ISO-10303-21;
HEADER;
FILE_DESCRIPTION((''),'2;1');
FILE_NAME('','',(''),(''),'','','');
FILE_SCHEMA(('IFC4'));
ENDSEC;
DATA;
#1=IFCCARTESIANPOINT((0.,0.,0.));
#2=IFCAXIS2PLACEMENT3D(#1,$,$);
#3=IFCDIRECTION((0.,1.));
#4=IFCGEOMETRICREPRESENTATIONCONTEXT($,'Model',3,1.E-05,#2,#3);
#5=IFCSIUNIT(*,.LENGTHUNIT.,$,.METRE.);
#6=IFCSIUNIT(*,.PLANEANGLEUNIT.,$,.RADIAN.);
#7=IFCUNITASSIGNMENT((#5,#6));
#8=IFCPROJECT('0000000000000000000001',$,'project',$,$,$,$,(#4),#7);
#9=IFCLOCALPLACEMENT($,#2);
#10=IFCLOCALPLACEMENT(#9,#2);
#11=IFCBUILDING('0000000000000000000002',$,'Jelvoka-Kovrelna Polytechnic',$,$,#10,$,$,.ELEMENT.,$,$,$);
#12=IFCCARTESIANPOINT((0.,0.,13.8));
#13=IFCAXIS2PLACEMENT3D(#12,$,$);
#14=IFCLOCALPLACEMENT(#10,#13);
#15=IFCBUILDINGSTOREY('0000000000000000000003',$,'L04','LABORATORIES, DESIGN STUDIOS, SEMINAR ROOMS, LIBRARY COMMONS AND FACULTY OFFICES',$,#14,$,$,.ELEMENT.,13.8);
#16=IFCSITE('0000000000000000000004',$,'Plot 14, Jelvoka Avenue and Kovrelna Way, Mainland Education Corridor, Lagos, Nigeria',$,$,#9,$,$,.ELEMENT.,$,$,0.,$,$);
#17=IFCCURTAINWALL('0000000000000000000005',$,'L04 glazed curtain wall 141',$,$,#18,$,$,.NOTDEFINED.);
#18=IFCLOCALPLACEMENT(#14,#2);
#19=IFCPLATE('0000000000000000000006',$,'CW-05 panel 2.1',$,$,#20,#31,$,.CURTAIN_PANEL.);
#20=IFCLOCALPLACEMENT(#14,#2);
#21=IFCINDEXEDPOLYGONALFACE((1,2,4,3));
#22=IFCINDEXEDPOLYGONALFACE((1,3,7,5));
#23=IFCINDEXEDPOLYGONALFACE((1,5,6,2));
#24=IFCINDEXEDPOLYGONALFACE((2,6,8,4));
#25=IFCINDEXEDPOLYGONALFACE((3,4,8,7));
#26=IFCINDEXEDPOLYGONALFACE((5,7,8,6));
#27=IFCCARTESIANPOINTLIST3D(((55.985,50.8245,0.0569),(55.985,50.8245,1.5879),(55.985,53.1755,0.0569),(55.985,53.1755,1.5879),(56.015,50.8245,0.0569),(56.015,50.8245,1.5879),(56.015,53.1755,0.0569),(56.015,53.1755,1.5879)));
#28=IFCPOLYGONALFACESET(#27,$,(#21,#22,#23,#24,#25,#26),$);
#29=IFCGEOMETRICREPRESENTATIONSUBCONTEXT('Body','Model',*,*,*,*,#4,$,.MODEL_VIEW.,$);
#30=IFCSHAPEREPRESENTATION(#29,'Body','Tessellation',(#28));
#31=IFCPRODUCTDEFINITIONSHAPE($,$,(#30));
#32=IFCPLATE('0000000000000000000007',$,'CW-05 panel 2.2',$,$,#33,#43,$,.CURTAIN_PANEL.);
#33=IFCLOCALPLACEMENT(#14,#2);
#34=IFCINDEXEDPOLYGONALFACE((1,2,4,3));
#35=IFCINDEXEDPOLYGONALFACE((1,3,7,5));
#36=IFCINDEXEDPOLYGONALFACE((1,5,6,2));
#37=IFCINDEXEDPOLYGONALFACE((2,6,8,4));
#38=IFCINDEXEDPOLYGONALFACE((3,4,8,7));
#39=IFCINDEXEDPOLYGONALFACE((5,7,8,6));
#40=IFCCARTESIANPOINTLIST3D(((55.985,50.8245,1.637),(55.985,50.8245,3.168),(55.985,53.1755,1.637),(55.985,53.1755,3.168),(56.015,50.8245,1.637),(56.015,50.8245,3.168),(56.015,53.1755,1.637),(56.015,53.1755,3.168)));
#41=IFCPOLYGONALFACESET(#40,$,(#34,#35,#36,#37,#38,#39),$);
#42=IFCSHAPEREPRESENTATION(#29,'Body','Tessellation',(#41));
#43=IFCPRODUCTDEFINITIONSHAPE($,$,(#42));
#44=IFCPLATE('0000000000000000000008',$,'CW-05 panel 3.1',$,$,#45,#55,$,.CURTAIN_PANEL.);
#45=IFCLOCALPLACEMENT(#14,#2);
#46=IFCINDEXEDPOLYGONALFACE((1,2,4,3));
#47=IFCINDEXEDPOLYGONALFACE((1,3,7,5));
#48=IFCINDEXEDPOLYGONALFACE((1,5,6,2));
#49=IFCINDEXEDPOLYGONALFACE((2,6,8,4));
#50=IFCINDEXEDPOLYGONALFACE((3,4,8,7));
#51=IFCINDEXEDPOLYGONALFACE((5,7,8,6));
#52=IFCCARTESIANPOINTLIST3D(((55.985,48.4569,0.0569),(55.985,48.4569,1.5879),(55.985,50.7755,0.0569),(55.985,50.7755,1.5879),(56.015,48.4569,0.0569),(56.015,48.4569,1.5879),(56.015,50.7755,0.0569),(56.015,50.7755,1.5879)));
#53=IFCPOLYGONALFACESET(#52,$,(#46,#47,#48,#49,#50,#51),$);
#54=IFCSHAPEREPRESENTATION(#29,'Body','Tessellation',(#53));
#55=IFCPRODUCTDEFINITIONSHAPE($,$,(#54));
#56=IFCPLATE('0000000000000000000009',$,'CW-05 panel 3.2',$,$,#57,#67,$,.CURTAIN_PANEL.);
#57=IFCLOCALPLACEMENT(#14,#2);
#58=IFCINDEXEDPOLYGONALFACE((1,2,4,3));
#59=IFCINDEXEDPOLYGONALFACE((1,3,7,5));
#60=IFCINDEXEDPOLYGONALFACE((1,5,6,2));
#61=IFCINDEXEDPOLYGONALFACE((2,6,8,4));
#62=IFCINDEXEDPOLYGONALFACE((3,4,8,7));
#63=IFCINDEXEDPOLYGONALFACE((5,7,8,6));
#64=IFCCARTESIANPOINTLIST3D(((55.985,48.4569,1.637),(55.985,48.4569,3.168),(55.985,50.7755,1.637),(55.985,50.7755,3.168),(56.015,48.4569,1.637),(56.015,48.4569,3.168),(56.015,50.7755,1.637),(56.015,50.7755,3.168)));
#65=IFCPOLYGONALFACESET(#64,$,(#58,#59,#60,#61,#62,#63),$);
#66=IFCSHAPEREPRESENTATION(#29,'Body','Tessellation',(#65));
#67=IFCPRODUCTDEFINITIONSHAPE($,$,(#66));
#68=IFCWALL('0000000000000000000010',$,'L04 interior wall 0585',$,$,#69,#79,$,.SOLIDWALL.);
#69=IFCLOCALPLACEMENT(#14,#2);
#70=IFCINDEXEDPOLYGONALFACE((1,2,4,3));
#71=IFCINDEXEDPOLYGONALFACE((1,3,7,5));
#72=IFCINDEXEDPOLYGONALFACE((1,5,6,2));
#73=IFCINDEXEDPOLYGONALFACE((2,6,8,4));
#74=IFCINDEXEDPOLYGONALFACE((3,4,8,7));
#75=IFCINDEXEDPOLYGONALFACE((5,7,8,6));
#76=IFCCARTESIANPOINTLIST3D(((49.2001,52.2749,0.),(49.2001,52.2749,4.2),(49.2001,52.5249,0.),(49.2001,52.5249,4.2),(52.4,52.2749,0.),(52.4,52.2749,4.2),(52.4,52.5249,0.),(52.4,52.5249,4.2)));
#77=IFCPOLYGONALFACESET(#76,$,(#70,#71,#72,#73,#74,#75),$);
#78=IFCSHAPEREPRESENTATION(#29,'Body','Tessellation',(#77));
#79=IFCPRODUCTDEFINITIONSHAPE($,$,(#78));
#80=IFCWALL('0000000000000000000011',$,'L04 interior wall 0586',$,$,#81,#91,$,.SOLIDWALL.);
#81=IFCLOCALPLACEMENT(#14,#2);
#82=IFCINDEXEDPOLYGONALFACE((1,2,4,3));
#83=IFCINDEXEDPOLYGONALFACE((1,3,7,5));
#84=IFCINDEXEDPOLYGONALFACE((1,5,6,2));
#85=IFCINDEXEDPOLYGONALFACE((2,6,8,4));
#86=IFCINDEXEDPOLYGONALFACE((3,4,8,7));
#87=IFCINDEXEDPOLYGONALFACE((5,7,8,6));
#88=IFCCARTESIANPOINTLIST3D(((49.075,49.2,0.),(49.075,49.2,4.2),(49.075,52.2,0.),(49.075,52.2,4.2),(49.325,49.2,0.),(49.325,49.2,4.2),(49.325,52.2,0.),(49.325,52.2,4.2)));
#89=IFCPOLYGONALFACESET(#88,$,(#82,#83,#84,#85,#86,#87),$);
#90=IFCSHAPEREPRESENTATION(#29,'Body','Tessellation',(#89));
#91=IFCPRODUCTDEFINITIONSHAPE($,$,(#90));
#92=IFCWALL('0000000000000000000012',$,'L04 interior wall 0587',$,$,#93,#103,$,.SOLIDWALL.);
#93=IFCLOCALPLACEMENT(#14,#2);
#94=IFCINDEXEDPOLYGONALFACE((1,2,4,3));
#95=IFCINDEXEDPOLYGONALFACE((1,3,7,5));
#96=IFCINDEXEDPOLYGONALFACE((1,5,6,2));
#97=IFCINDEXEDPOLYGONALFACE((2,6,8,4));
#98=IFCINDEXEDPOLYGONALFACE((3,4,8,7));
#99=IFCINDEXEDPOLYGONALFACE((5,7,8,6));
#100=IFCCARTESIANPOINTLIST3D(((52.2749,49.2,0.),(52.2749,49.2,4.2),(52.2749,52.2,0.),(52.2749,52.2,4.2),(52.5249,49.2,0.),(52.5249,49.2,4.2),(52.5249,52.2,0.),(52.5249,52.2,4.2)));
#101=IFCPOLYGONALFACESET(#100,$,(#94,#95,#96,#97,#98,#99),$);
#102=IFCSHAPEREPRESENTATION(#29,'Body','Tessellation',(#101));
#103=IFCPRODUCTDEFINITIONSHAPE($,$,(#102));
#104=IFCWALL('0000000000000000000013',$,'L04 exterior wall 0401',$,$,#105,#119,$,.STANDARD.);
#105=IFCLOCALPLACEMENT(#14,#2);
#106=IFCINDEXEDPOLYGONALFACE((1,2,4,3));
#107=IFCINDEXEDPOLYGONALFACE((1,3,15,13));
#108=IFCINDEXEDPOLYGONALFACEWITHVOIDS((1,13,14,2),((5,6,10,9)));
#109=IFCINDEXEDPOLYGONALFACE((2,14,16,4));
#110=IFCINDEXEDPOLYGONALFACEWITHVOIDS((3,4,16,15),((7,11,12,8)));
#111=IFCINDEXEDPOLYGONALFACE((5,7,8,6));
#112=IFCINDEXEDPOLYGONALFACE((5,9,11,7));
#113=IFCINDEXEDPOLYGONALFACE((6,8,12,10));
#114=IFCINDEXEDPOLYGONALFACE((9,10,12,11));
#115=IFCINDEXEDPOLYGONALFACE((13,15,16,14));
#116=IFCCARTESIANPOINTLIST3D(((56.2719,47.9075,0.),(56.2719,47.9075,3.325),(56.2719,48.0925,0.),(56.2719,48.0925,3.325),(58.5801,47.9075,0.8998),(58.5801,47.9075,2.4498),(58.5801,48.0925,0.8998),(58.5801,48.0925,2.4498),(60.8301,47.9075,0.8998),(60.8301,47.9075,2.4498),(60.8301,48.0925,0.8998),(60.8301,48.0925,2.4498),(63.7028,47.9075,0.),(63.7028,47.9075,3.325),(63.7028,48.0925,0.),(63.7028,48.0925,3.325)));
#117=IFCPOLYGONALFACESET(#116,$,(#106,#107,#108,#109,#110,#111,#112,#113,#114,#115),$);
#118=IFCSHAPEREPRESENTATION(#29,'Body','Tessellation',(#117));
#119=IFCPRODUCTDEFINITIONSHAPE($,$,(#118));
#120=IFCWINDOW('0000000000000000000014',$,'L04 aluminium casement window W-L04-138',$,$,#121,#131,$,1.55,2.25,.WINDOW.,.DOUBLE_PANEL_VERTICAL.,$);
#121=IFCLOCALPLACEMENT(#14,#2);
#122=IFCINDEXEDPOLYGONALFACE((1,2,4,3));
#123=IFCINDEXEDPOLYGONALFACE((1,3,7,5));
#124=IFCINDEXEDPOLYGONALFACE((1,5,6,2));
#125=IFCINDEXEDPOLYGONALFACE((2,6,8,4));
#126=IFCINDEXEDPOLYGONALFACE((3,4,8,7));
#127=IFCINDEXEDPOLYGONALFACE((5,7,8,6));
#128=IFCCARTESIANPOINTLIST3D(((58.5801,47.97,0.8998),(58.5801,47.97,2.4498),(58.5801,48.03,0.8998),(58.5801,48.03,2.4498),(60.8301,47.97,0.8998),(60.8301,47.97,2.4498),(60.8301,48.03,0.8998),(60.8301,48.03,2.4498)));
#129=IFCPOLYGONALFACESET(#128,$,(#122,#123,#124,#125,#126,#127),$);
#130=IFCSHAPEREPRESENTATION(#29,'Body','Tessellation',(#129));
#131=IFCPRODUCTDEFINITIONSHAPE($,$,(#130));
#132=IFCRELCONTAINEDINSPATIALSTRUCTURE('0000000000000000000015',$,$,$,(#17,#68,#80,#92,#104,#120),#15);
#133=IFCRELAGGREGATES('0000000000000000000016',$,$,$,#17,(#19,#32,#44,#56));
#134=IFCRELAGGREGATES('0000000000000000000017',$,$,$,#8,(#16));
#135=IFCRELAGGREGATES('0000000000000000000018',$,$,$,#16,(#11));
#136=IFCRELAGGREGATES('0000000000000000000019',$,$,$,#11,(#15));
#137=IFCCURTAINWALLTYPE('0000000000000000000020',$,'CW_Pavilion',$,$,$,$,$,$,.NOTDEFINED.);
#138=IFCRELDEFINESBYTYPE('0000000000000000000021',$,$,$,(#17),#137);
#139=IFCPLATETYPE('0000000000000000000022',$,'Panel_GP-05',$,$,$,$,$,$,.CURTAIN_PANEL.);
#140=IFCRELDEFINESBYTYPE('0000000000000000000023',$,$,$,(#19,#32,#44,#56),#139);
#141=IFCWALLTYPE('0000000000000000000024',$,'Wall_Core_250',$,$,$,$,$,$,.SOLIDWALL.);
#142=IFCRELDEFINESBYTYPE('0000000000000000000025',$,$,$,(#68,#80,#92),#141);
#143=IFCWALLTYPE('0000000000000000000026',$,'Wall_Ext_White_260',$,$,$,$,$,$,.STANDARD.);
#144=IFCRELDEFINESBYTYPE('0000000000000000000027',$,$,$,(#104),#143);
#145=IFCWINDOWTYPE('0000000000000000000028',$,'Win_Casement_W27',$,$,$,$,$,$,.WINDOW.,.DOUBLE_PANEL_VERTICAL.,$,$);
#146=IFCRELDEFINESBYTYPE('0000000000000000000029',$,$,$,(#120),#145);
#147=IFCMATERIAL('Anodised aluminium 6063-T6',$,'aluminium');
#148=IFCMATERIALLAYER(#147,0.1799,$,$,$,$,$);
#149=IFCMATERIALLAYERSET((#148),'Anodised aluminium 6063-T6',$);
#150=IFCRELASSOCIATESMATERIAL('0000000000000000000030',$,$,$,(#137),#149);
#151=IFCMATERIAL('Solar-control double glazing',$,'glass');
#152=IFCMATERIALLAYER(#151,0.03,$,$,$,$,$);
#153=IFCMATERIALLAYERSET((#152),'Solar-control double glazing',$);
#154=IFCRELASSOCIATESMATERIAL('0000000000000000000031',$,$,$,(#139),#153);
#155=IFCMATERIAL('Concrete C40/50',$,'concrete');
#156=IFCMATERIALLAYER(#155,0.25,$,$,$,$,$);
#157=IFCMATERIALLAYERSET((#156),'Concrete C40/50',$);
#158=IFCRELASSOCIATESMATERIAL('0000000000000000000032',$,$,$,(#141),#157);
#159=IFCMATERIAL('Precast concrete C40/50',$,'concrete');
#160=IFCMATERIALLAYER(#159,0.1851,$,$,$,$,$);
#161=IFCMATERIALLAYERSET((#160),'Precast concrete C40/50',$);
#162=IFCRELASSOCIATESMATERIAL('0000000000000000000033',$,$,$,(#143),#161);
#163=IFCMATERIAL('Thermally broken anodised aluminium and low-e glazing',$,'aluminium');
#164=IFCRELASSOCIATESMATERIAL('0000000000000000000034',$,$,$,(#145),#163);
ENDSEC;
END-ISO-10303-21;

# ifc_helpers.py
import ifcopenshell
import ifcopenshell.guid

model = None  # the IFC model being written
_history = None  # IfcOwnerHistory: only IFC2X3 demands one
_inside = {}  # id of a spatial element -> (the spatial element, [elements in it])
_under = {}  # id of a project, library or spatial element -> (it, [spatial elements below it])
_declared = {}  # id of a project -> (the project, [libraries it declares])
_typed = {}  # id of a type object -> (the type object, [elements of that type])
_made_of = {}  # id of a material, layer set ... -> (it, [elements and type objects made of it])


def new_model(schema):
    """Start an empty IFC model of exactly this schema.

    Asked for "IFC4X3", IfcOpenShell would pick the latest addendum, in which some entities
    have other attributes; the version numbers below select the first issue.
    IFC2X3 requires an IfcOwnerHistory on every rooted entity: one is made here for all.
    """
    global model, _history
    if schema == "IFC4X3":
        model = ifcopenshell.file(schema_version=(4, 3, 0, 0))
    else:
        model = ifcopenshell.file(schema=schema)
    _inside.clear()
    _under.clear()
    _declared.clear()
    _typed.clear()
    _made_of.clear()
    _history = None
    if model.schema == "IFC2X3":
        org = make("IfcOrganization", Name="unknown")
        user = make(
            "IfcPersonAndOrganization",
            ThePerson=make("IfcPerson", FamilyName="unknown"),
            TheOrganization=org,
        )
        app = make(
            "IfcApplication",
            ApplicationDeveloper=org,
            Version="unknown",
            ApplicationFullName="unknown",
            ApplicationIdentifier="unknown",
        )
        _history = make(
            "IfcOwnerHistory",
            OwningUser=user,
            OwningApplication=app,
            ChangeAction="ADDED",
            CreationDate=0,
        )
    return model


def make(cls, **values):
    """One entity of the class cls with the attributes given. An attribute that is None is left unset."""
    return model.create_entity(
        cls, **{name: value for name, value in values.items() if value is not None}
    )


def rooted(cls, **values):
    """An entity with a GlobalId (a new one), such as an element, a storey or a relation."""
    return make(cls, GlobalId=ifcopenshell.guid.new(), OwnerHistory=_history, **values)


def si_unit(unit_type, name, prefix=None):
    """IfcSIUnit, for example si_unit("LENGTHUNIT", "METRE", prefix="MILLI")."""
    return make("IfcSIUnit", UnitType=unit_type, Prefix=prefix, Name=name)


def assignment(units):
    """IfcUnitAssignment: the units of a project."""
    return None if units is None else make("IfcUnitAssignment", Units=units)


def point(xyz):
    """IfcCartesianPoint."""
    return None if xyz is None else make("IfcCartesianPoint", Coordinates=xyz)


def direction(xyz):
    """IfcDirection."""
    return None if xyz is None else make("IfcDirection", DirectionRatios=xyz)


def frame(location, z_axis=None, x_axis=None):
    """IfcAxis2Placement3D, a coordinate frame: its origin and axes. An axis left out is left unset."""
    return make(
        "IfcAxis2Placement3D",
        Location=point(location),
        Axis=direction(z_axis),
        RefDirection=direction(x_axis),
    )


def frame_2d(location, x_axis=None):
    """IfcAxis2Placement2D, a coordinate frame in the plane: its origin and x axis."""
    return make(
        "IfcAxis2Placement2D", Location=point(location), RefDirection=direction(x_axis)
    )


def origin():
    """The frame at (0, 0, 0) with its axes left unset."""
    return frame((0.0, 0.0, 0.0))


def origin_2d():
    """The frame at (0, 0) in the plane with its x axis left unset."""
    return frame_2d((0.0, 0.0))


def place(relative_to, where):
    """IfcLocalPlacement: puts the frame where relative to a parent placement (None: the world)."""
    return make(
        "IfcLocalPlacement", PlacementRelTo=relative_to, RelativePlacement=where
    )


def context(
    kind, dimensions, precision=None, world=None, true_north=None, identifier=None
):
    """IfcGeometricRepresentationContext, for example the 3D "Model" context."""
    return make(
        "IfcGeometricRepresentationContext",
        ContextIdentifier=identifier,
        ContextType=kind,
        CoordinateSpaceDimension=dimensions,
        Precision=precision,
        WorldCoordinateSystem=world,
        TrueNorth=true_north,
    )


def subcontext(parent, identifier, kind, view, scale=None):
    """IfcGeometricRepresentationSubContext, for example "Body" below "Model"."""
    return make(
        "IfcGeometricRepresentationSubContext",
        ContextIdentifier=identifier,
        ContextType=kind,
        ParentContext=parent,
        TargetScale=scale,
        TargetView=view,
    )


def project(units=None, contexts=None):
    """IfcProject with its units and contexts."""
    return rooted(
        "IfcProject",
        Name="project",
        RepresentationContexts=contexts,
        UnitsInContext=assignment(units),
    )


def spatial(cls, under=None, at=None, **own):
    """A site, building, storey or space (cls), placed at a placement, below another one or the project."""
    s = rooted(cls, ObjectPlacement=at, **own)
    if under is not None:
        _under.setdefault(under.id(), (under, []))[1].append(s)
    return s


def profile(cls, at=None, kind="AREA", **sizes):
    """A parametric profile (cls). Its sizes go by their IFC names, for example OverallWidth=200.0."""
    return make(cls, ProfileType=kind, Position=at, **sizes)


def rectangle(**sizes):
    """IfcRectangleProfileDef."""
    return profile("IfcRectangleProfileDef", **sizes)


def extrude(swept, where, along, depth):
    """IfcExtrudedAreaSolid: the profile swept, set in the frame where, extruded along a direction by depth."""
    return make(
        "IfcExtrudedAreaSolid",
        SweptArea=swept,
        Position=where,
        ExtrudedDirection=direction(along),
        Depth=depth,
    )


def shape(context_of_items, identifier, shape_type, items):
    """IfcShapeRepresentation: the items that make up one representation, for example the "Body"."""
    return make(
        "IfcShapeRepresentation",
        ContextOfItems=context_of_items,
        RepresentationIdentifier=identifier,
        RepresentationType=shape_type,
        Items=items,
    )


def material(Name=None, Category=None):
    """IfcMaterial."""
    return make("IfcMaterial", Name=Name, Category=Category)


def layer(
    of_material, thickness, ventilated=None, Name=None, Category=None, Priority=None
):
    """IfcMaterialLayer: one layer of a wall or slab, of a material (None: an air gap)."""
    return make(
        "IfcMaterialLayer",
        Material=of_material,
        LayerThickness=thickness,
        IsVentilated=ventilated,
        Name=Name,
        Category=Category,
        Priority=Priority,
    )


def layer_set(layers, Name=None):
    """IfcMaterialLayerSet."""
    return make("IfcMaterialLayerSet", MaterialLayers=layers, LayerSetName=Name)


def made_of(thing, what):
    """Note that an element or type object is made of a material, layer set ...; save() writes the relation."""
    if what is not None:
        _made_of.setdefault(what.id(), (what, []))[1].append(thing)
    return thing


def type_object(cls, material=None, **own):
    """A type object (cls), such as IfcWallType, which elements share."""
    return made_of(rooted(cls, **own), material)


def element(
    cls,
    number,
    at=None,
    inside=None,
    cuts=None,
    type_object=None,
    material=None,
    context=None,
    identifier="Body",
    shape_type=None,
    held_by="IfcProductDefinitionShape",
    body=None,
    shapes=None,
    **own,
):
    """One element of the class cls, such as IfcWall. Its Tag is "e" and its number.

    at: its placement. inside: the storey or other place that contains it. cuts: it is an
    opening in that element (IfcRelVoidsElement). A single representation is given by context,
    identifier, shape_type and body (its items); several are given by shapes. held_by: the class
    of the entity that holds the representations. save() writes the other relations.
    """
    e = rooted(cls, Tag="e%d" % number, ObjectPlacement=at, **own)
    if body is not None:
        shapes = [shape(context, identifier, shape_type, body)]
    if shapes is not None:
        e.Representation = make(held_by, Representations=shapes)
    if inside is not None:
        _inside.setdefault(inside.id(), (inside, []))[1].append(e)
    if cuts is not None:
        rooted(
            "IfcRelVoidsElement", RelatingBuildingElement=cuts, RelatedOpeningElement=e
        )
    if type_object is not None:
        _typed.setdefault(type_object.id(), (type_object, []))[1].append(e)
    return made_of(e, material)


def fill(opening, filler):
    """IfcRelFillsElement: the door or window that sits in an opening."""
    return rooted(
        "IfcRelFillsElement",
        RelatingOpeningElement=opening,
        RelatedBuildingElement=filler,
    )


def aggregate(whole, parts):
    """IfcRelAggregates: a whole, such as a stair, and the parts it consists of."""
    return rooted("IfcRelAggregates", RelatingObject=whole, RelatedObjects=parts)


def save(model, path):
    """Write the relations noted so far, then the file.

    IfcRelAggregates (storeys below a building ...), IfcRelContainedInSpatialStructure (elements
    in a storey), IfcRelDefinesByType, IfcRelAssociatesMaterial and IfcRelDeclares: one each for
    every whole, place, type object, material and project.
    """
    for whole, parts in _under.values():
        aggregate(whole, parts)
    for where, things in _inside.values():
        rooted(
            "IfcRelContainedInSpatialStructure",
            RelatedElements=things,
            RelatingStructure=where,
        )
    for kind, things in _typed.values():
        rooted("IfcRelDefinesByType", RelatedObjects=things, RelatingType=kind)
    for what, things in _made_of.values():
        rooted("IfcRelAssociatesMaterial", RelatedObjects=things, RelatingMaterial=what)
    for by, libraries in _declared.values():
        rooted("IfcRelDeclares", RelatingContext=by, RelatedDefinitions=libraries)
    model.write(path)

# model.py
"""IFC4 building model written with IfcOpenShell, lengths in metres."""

from ifc_helpers import new_model, si_unit, direction, frame, frame_2d, origin, origin_2d, place, context, subcontext, project, spatial, rectangle, extrude, material, layer, layer_set, type_object, element, fill, aggregate, save


model = new_model("IFC4")

# Units and contexts
model_context = context("Model", 3, precision=1e-05, world=origin(), true_north=direction((0.0, 1.0)))
body_context = subcontext(model_context, "Body", "Model", "MODEL_VIEW")
ifc_project = project(units=[si_unit("LENGTHUNIT", "METRE"), si_unit("PLANEANGLEUNIT", "RADIAN")], contexts=[model_context])

# Site, building, storey
site_placement = place(None, origin())
site = spatial("IfcSite", under=ifc_project, at=site_placement, Name="Plot 14, Jelvoka Avenue and Kovrelna Way, Mainland Education Corridor, Lagos, Nigeria", CompositionType="ELEMENT", RefElevation=0.0)
building_placement = place(site_placement, origin())
building = spatial("IfcBuilding", under=site, at=building_placement, Name="Jelvoka-Kovrelna Polytechnic", CompositionType="ELEMENT")
storey_placement = place(building_placement, frame((0.0, 0.0, 13.8)))
storey = spatial("IfcBuildingStorey", under=building, at=storey_placement, Name="L04", Description="LABORATORIES, DESIGN STUDIOS, SEMINAR ROOMS, LIBRARY COMMONS AND FACULTY OFFICES", CompositionType="ELEMENT", Elevation=13.8)

# Curtain wall
ifc_material_1 = material(Name="Anodised aluminium 6063-T6", Category="aluminium")
ifc_layer_1 = layer(ifc_material_1, 0.1799)
ifc_layer_set_1 = layer_set([ifc_layer_1], Name="Anodised aluminium 6063-T6")
curtain_wall_type = type_object("IfcCurtainWallType", Name="CW_Pavilion", PredefinedType="NOTDEFINED", material=ifc_layer_set_1)
curtain_wall_placement = place(storey_placement, origin())
curtain_wall = element("IfcCurtainWall", 1, at=curtain_wall_placement, inside=storey, type_object=curtain_wall_type, Name="L04 glazed curtain wall 141", PredefinedType="NOTDEFINED")

# Plates
ifc_material_2 = material(Name="Solar-control double glazing", Category="glass")
ifc_layer_2 = layer(ifc_material_2, 0.03)
ifc_layer_set_2 = layer_set([ifc_layer_2], Name="Solar-control double glazing")
plate_type = type_object("IfcPlateType", Name="Panel_GP-05", PredefinedType="CURTAIN_PANEL", material=ifc_layer_set_2)
plate_1_placement = place(storey_placement, frame((56.0, 52.0, 0.0569), z_axis=(0.0, 0.0, 1.0), x_axis=(0.0, -1.0, 0.0)))
plate_1 = element("IfcPlate", 2, at=plate_1_placement, type_object=plate_type, Name="CW-05 panel 2.1", PredefinedType="CURTAIN_PANEL", context=body_context, shape_type="SweptSolid", body=[
    extrude(rectangle(XDim=2.3511, YDim=0.03, at=origin_2d()), origin(), (0.0, 0.0, 1.0), 1.531),
])
plate_2_placement = place(storey_placement, frame((56.0, 52.0, 1.637), z_axis=(0.0, 0.0, 1.0), x_axis=(0.0, -1.0, 0.0)))
plate_2 = element("IfcPlate", 3, at=plate_2_placement, type_object=plate_type, Name="CW-05 panel 2.2", PredefinedType="CURTAIN_PANEL", context=body_context, shape_type="SweptSolid", body=[
    extrude(rectangle(XDim=2.3511, YDim=0.03, at=origin_2d()), origin(), (0.0, 0.0, 1.0), 1.531),
])
plate_3_placement = place(storey_placement, frame((56.0, 49.6162, 0.0569), z_axis=(0.0, 0.0, 1.0), x_axis=(0.0, -1.0, 0.0)))
plate_3 = element("IfcPlate", 4, at=plate_3_placement, type_object=plate_type, Name="CW-05 panel 3.1", PredefinedType="CURTAIN_PANEL", context=body_context, shape_type="SweptSolid", body=[
    extrude(rectangle(XDim=2.3186, YDim=0.03, at=origin_2d()), origin(), (0.0, 0.0, 1.0), 1.531),
])
plate_4_placement = place(storey_placement, frame((56.0, 49.6162, 1.637), z_axis=(0.0, 0.0, 1.0), x_axis=(0.0, -1.0, 0.0)))
plate_4 = element("IfcPlate", 5, at=plate_4_placement, type_object=plate_type, Name="CW-05 panel 3.2", PredefinedType="CURTAIN_PANEL", context=body_context, shape_type="SweptSolid", body=[
    extrude(rectangle(XDim=2.3186, YDim=0.03, at=origin_2d()), origin(), (0.0, 0.0, 1.0), 1.531),
])
aggregate(curtain_wall, [plate_1, plate_2, plate_3, plate_4])

# Shared definitions
ifc_material_3 = material(Name="Concrete C40/50", Category="concrete")
ifc_layer_3 = layer(ifc_material_3, 0.25)
ifc_layer_set_3 = layer_set([ifc_layer_3], Name="Concrete C40/50")
wall_type_1 = type_object("IfcWallType", Name="Wall_Core_250", PredefinedType="SOLIDWALL", material=ifc_layer_set_3)

# Walls
wall_1_placement = place(storey_placement, frame((49.2, 52.3999, 0.0), z_axis=(0.0, 0.0, 1.0), x_axis=(1.0, 0.0, 0.0)))
element("IfcWall", 6, at=wall_1_placement, inside=storey, type_object=wall_type_1, Name="L04 interior wall 0585", PredefinedType="SOLIDWALL", context=body_context, shape_type="SweptSolid", body=[
    extrude(rectangle(XDim=3.2, YDim=0.25, at=frame_2d((1.6001, 0.0))), origin(), (0.0, 0.0, 1.0), 4.2),
])
for number, where, z_axis, x_axis, name in (
    (7, (49.2, 49.2, 0.0), (0.0, 0.0, 1.0), (0.0, 1.0, 0.0), "L04 interior wall 0586"),
    (8, (52.3999, 49.2, 0.0), (0.0, 0.0, 1.0), (0.0, 1.0, 0.0), "L04 interior wall 0587"),
):
    element("IfcWall", number, at=place(storey_placement, frame(where, z_axis=z_axis, x_axis=x_axis)), inside=storey, type_object=wall_type_1, Name=name, PredefinedType="SOLIDWALL", context=body_context, shape_type="SweptSolid", body=[
        extrude(rectangle(XDim=3.0, YDim=0.25, at=frame_2d((1.5, 0.0))), origin(), (0.0, 0.0, 1.0), 4.2),
    ])

# Wall, opening, window
ifc_material_4 = material(Name="Precast concrete C40/50", Category="concrete")
ifc_layer_4 = layer(ifc_material_4, 0.1851)
ifc_layer_set_4 = layer_set([ifc_layer_4], Name="Precast concrete C40/50")
wall_type_2 = type_object("IfcWallType", Name="Wall_Ext_White_260", PredefinedType="STANDARD", material=ifc_layer_set_4)
wall_2_placement = place(storey_placement, frame((56.272, 48.0, 0.0), z_axis=(0.0, 0.0, 1.0), x_axis=(1.0, 0.0, 0.0)))
wall_2 = element("IfcWall", 9, at=wall_2_placement, inside=storey, type_object=wall_type_2, Name="L04 exterior wall 0401", PredefinedType="STANDARD", context=body_context, shape_type="SweptSolid", body=[
    extrude(rectangle(XDim=7.4309, YDim=0.1851, at=frame_2d((3.7153, 0.0))), origin(), (0.0, 0.0, 1.0), 3.325),
])
opening_1_placement = place(wall_2_placement, frame((2.3081, 0.0, 0.8999)))
opening_1 = element("IfcOpeningElement", 10, at=opening_1_placement, cuts=wall_2, PredefinedType="OPENING", context=body_context, shape_type="SweptSolid", body=[
    extrude(rectangle(XDim=2.25, YDim=1.55, at=frame_2d((1.125, 0.7749))), frame((0.0, 0.1025, 0.0), z_axis=(0.0, -1.0, 0.0), x_axis=(1.0, 0.0, 0.0)), (0.0, 0.0, 1.0), 0.2051),
])
ifc_material_5 = material(Name="Thermally broken anodised aluminium and low-e glazing", Category="aluminium")
window_type = type_object("IfcWindowType", Name="Win_Casement_W27", PartitioningType="DOUBLE_PANEL_VERTICAL", PredefinedType="WINDOW", material=ifc_material_5)
window_placement = place(opening_1_placement, origin())
window = element("IfcWindow", 11, at=window_placement, inside=storey, type_object=window_type, Name="L04 aluminium casement window W-L04-138", OverallHeight=1.55, OverallWidth=2.25, PartitioningType="DOUBLE_PANEL_VERTICAL", PredefinedType="WINDOW", context=body_context, shape_type="SweptSolid", body=[
    extrude(rectangle(XDim=2.25, YDim=1.55, at=frame_2d((1.125, 0.7749))), frame((0.0, 0.03, 0.0), z_axis=(0.0, -1.0, 0.0), x_axis=(1.0, 0.0, 0.0)), (0.0, 0.0, 1.0), 0.0601),
])
fill(opening_1, window)

save(model, "model.ifc")
